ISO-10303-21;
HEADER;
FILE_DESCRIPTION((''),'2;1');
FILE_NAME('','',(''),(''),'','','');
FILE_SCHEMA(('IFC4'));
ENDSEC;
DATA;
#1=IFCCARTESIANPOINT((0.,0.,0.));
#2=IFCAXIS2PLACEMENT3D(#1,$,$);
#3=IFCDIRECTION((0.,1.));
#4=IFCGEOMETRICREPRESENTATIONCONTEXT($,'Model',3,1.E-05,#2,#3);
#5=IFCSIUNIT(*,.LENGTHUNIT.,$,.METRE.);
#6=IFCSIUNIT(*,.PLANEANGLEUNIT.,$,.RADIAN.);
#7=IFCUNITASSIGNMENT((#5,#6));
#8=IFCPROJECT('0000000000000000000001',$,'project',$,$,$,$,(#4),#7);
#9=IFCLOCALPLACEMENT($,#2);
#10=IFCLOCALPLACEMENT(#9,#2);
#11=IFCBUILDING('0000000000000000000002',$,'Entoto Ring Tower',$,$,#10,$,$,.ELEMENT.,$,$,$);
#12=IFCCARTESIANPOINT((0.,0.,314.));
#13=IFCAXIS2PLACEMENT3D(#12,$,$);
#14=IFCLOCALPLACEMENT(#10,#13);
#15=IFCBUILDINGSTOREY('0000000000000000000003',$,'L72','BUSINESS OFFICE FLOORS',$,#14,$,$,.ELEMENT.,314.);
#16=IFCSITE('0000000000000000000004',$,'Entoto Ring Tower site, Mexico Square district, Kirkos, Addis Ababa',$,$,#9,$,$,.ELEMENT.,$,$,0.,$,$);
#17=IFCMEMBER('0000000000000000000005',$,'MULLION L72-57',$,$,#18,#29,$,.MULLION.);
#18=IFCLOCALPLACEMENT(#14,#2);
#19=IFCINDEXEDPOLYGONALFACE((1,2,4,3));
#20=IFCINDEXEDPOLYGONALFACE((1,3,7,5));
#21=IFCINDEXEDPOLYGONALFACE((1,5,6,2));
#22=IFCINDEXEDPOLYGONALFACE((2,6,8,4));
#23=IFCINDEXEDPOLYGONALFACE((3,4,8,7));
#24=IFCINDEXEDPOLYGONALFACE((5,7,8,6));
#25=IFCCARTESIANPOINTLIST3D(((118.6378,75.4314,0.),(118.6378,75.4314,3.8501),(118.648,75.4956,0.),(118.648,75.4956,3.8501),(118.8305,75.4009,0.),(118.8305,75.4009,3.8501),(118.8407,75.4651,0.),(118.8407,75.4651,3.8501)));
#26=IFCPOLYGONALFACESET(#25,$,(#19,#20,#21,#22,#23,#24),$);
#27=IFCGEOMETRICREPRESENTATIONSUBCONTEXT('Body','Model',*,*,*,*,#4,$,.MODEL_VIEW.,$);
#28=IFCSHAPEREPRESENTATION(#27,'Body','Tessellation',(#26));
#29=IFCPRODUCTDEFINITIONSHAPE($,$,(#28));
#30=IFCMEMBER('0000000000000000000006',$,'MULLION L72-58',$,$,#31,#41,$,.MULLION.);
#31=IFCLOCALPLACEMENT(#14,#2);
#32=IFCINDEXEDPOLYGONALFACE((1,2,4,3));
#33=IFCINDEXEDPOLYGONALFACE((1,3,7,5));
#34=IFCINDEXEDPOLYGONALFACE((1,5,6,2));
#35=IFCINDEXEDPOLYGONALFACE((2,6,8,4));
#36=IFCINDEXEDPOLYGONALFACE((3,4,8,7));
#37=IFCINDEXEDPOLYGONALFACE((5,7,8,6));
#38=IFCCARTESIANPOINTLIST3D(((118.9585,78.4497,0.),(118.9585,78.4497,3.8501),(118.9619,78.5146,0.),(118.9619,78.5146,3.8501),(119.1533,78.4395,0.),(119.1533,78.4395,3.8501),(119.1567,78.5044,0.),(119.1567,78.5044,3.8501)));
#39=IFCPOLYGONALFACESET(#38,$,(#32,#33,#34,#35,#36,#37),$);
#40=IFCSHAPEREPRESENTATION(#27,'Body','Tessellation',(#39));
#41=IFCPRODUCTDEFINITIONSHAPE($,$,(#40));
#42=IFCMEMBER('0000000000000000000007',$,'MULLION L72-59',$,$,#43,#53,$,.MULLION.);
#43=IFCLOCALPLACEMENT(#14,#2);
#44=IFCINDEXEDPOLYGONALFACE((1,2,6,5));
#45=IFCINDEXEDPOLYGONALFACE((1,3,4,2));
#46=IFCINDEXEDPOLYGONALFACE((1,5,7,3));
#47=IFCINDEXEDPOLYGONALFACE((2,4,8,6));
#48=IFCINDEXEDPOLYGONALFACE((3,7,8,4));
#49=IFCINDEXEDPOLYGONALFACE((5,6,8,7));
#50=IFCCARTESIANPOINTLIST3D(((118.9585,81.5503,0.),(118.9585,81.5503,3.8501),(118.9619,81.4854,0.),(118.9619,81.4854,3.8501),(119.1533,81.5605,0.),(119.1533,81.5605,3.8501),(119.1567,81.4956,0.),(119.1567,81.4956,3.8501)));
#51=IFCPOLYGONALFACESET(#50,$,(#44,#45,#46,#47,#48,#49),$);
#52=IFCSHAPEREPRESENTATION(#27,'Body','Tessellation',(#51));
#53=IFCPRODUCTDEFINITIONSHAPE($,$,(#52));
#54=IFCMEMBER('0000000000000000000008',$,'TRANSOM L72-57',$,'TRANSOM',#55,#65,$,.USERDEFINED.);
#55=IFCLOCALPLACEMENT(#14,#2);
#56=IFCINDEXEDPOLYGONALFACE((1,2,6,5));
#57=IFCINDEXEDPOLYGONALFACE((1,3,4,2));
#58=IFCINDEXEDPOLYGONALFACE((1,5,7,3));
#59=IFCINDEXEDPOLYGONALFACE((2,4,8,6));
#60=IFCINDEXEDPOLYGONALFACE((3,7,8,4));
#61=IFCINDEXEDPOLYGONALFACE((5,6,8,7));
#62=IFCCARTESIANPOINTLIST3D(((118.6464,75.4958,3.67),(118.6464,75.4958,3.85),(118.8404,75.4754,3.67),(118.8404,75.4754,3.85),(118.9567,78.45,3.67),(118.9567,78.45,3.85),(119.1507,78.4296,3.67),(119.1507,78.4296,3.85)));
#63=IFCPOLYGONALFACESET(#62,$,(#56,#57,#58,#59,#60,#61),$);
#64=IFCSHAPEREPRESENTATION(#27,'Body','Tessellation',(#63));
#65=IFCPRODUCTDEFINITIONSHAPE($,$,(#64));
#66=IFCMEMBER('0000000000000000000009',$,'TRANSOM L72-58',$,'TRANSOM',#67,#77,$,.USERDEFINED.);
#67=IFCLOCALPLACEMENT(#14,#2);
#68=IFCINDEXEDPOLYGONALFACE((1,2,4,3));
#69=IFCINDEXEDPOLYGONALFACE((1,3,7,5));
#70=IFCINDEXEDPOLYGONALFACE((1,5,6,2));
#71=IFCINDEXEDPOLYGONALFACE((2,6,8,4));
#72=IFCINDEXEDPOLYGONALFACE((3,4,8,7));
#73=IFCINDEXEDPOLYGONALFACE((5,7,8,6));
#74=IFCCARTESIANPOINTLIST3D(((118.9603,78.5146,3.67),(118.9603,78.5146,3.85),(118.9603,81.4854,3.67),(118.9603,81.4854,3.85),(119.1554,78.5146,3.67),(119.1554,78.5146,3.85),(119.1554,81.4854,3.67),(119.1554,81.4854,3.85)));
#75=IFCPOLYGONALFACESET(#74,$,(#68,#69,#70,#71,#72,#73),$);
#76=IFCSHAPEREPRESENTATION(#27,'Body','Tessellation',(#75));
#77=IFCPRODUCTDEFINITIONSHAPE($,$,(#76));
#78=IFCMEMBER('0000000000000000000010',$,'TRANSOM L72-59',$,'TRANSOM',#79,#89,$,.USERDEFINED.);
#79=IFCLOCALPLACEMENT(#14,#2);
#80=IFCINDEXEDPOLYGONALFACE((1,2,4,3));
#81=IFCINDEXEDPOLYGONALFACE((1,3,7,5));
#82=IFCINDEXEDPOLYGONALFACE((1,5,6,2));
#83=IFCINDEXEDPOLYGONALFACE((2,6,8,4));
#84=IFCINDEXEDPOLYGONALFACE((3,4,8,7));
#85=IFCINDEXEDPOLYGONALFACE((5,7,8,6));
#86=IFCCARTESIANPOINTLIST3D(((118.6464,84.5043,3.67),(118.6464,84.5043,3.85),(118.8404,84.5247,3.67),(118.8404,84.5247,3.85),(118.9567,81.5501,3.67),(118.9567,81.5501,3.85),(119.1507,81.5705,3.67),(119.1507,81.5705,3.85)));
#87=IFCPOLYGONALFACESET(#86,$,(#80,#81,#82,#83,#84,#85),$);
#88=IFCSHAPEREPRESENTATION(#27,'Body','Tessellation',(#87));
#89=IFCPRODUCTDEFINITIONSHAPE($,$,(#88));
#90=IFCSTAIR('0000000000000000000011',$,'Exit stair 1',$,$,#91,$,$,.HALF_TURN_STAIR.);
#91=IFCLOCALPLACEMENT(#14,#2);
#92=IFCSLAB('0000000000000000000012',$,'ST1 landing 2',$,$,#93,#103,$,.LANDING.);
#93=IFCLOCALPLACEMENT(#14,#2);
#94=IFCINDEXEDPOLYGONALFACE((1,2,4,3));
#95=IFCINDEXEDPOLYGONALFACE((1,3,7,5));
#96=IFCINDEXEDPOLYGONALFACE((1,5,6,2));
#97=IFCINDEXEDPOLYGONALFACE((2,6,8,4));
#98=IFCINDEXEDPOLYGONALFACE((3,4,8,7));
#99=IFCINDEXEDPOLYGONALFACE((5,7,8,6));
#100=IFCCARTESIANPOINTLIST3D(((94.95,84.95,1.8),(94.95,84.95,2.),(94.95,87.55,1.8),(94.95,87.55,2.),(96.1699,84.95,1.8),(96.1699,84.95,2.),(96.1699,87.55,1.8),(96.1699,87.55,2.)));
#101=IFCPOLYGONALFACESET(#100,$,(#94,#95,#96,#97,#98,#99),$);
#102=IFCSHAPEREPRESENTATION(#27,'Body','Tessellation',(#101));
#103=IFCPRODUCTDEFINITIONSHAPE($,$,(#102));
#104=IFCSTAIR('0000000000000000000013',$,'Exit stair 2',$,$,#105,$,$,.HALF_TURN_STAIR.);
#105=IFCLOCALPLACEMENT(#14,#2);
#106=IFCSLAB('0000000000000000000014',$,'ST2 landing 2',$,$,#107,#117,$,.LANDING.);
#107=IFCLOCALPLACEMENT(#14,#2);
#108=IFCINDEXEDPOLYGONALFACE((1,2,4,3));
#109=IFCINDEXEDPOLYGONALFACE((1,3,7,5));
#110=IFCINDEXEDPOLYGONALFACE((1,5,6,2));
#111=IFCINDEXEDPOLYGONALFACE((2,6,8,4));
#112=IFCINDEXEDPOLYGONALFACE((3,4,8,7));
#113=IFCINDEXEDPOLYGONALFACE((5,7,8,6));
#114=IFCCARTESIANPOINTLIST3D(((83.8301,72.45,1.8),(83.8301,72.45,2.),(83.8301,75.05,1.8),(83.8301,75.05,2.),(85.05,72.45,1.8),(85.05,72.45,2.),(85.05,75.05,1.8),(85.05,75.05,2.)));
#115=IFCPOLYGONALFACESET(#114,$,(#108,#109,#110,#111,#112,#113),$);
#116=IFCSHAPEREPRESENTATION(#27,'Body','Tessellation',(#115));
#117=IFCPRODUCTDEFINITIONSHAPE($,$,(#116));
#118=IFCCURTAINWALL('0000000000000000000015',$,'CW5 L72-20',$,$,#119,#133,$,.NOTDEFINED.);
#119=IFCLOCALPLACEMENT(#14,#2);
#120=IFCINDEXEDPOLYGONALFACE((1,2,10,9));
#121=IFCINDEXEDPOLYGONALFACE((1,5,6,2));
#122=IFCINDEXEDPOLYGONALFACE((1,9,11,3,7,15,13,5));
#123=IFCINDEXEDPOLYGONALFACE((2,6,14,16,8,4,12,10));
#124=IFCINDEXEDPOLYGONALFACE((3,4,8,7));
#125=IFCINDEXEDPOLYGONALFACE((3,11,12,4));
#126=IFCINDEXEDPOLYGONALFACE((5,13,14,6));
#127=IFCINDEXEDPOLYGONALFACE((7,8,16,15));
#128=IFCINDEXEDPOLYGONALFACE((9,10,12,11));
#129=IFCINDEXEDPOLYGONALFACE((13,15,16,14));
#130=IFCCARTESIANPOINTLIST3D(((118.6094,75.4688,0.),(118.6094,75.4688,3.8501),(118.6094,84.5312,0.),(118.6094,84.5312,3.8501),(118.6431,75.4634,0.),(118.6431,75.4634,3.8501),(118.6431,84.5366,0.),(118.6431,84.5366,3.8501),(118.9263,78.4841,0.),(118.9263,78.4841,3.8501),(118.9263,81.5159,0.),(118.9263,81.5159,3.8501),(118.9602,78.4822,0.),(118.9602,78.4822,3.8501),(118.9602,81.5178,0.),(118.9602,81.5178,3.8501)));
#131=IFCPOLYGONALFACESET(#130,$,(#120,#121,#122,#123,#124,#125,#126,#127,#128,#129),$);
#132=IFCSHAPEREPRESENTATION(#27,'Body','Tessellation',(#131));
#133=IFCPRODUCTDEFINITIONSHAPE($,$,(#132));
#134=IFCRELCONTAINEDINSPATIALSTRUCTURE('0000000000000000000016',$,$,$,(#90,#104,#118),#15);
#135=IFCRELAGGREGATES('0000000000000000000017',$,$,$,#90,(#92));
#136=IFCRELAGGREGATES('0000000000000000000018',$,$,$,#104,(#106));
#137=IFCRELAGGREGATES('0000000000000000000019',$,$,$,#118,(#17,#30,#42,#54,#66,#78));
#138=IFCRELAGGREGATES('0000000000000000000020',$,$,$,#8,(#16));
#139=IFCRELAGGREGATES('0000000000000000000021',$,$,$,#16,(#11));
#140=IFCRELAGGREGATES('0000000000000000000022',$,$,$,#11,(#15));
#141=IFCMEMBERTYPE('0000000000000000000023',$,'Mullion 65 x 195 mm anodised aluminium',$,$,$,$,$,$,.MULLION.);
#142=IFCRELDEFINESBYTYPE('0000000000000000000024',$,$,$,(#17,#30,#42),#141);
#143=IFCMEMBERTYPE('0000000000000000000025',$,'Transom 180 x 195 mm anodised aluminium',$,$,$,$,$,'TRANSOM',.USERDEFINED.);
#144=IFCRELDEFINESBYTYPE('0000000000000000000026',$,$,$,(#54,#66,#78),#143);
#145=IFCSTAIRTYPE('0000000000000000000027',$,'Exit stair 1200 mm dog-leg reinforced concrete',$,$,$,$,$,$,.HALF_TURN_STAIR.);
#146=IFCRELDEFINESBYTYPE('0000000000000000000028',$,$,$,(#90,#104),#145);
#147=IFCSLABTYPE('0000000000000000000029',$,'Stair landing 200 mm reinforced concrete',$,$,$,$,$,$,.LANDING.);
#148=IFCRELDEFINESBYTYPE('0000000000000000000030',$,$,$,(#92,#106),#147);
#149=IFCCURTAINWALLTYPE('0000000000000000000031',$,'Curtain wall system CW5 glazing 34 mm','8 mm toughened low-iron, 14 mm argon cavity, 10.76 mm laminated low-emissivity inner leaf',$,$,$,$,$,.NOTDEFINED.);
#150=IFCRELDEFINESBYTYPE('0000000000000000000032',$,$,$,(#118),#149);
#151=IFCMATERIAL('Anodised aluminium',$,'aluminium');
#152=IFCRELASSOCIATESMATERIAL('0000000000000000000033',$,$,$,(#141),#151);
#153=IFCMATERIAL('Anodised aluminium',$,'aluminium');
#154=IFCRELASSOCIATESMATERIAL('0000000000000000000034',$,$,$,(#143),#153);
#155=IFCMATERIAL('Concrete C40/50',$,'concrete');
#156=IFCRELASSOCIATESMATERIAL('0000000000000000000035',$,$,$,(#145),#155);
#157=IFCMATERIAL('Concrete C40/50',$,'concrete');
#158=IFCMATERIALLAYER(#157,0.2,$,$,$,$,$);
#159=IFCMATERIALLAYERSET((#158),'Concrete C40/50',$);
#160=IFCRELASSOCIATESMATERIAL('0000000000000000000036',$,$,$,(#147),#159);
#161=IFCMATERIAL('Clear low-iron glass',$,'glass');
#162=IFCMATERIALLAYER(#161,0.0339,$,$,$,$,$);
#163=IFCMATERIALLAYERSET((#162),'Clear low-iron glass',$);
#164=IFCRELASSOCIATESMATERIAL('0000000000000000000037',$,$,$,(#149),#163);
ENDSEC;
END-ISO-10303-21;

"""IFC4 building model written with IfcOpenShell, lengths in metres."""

from ifc_helpers import new_model, si_unit, direction, frame, origin, origin_2d, place, context, subcontext, project, spatial, polyline, rectangle, outline, extrude, material, layer, layer_set, material_profile, profile_set, type_object, element, aggregate, save


model = new_model("IFC4")

# Units and contexts
model_context = context("Model", 3, precision=1e-05, world=origin(), true_north=direction((0.0, 1.0)))
body_context = subcontext(model_context, "Body", "Model", "MODEL_VIEW")
ifc_project = project(units=[si_unit("LENGTHUNIT", "METRE"), si_unit("PLANEANGLEUNIT", "RADIAN")], contexts=[model_context])

# Members
ifc_material_1 = material(Name="Anodised aluminium", Category="aluminium")
ifc_material_profile_1 = material_profile(ifc_material_1, rectangle(XDim=0.0649, YDim=0.1951, at=origin_2d()), Name="Mullion 65 x 195 mm anodised aluminium")
ifc_profile_set_1 = profile_set([ifc_material_profile_1], Name="Anodised aluminium")
member_type_1 = type_object("IfcMemberType", Name="Mullion 65 x 195 mm anodised aluminium", PredefinedType="MULLION", material=ifc_profile_set_1)
site_placement = place(None, origin())
building_placement = place(site_placement, origin())
storey_placement = place(building_placement, frame((0.0, 0.0, 314.0)))
member_1_placement = place(storey_placement, frame((118.7393, 75.4482, 0.0), z_axis=(0.0, 0.0, 1.0), x_axis=(0.156434, 0.987688, 0.0)))
member_1 = element("IfcMember", 1, at=member_1_placement, type_object=member_type_1, Name="MULLION L72-57", PredefinedType="MULLION", context=body_context, shape_type="SweptSolid", body=[
    extrude(rectangle(XDim=0.0649, YDim=0.1951, at=origin_2d()), origin(), (0.0, 0.0, 1.0), 3.8501),
])
member_2_placement = place(storey_placement, frame((119.0576, 78.4771, 0.0), z_axis=(0.0, 0.0, 1.0), x_axis=(0.052336, 0.99863, 0.0)))
member_2 = element("IfcMember", 2, at=member_2_placement, type_object=member_type_1, Name="MULLION L72-58", PredefinedType="MULLION", context=body_context, shape_type="SweptSolid", body=[
    extrude(rectangle(XDim=0.0649, YDim=0.1951, at=origin_2d()), origin(), (0.0, 0.0, 1.0), 3.8501),
])
member_3_placement = place(storey_placement, frame((119.0576, 81.5229, 0.0), z_axis=(0.0, 0.0, 1.0), x_axis=(-0.052336, 0.99863, 0.0)))
member_3 = element("IfcMember", 3, at=member_3_placement, type_object=member_type_1, Name="MULLION L72-59", PredefinedType="MULLION", context=body_context, shape_type="SweptSolid", body=[
    extrude(rectangle(XDim=0.0649, YDim=0.1951, at=origin_2d()), origin(), (0.0, 0.0, 1.0), 3.8501),
])
ifc_material_2 = material(Name="Anodised aluminium", Category="aluminium")
ifc_material_profile_2 = material_profile(ifc_material_2, rectangle(XDim=0.1951, YDim=0.1799, at=origin_2d()), Name="Transom 180 x 195 mm anodised aluminium")
ifc_profile_set_2 = profile_set([ifc_material_profile_2], Name="Anodised aluminium")
member_type_2 = type_object("IfcMemberType", Name="Transom 180 x 195 mm anodised aluminium", ElementType="TRANSOM", PredefinedType="USERDEFINED", material=ifc_profile_set_2)
member_4_placement = place(storey_placement, frame((118.7434, 75.4856, 3.76), z_axis=(0.104467, 0.994528, 0.0), x_axis=(-0.994528, 0.104467, 0.0)))
member_4 = element("IfcMember", 4, at=member_4_placement, type_object=member_type_2, Name="TRANSOM L72-57", ObjectType="TRANSOM", PredefinedType="USERDEFINED", context=body_context, shape_type="SweptSolid", body=[
    extrude(rectangle(XDim=0.1951, YDim=0.1799, at=origin_2d()), origin(), (0.0, 0.0, 1.0), 2.9705),
])
member_5_placement = place(storey_placement, frame((119.0579, 78.5146, 3.76), z_axis=(0.0, 1.0, 0.0), x_axis=(-1.0, 0.0, 0.0)))
member_5 = element("IfcMember", 5, at=member_5_placement, type_object=member_type_2, Name="TRANSOM L72-58", ObjectType="TRANSOM", PredefinedType="USERDEFINED", context=body_context, shape_type="SweptSolid", body=[
    extrude(rectangle(XDim=0.1951, YDim=0.1799, at=origin_2d()), origin(), (0.0, 0.0, 1.0), 2.9707),
])
member_6_placement = place(storey_placement, frame((119.0537, 81.5603, 3.76), z_axis=(-0.104467, 0.994528, 0.0), x_axis=(-0.994528, -0.104467, 0.0)))
member_6 = element("IfcMember", 6, at=member_6_placement, type_object=member_type_2, Name="TRANSOM L72-59", ObjectType="TRANSOM", PredefinedType="USERDEFINED", context=body_context, shape_type="SweptSolid", body=[
    extrude(rectangle(XDim=0.1951, YDim=0.1799, at=origin_2d()), origin(), (0.0, 0.0, 1.0), 2.9705),
])

# Site, building, storey
site = spatial("IfcSite", under=ifc_project, at=site_placement, Name="Entoto Ring Tower site, Mexico Square district, Kirkos, Addis Ababa", CompositionType="ELEMENT", RefElevation=0.0)
building = spatial("IfcBuilding", under=site, at=building_placement, Name="Entoto Ring Tower", CompositionType="ELEMENT")
storey = spatial("IfcBuildingStorey", under=building, at=storey_placement, Name="L72", Description="BUSINESS OFFICE FLOORS", CompositionType="ELEMENT", Elevation=314.0)

# Stairs, slabs
ifc_material_3 = material(Name="Concrete C40/50", Category="concrete")
stair_type = type_object("IfcStairType", Name="Exit stair 1200 mm dog-leg reinforced concrete", PredefinedType="HALF_TURN_STAIR", material=ifc_material_3)
stair_1_placement = place(storey_placement, origin())
stair_1 = element("IfcStair", 7, at=stair_1_placement, inside=storey, type_object=stair_type, Name="Exit stair 1", PredefinedType="HALF_TURN_STAIR")
ifc_material_4 = material(Name="Concrete C40/50", Category="concrete")
ifc_layer_1 = layer(ifc_material_4, 0.2)
ifc_layer_set_1 = layer_set([ifc_layer_1], Name="Concrete C40/50")
slab_type = type_object("IfcSlabType", Name="Stair landing 200 mm reinforced concrete", PredefinedType="LANDING", material=ifc_layer_set_1)
slab_1_placement = place(storey_placement, frame((0.0, 0.0, 1.8)))
slab_1 = element("IfcSlab", 8, at=slab_1_placement, type_object=slab_type, Name="ST1 landing 2", PredefinedType="LANDING", context=body_context, shape_type="SweptSolid", body=[
    extrude(outline(polyline([(94.95, 84.95), (96.1699, 84.95), (96.1699, 87.55), (94.95, 87.55), (94.95, 84.95)])), origin(), (0.0, 0.0, 1.0), 0.2),
])
aggregate(stair_1, [slab_1])
stair_2_placement = place(storey_placement, origin())
stair_2 = element("IfcStair", 9, at=stair_2_placement, inside=storey, type_object=stair_type, Name="Exit stair 2", PredefinedType="HALF_TURN_STAIR")
slab_2_placement = place(storey_placement, frame((0.0, 0.0, 1.8)))
slab_2 = element("IfcSlab", 10, at=slab_2_placement, type_object=slab_type, Name="ST2 landing 2", PredefinedType="LANDING", context=body_context, shape_type="SweptSolid", body=[
    extrude(outline(polyline([(83.8301, 72.45), (85.05, 72.45), (85.05, 75.05), (83.8301, 75.05), (83.8301, 72.45)])), origin(), (0.0, 0.0, 1.0), 0.2),
])
aggregate(stair_2, [slab_2])

# Curtain wall
ifc_material_5 = material(Name="Clear low-iron glass", Category="glass")
ifc_layer_2 = layer(ifc_material_5, 0.0339)
ifc_layer_set_2 = layer_set([ifc_layer_2], Name="Clear low-iron glass")
curtain_wall_type = type_object("IfcCurtainWallType", Name="Curtain wall system CW5 glazing 34 mm", Description="8 mm toughened low-iron, 14 mm argon cavity, 10.76 mm laminated low-emissivity inner leaf", PredefinedType="NOTDEFINED", material=ifc_layer_set_2)
curtain_wall_1_placement = place(storey_placement, origin())
curtain_wall_1 = element("IfcCurtainWall", 11, at=curtain_wall_1_placement, inside=storey, type_object=curtain_wall_type, Name="CW5 L72-20", PredefinedType="NOTDEFINED", context=body_context, shape_type="SweptSolid", body=[
    extrude(outline(polyline([(118.6431, 75.4634), (118.9602, 78.4822), (118.9602, 81.5178), (118.6431, 84.5366), (118.6094, 84.5312), (118.9263, 81.5159), (118.9263, 78.4841), (118.6094, 75.4688), (118.6431, 75.4634)])), origin(), (0.0, 0.0, 1.0), 3.8501),
])
aggregate(curtain_wall_1, [member_1, member_2, member_3, member_4, member_5, member_6])

save(model, "model.ifc")
